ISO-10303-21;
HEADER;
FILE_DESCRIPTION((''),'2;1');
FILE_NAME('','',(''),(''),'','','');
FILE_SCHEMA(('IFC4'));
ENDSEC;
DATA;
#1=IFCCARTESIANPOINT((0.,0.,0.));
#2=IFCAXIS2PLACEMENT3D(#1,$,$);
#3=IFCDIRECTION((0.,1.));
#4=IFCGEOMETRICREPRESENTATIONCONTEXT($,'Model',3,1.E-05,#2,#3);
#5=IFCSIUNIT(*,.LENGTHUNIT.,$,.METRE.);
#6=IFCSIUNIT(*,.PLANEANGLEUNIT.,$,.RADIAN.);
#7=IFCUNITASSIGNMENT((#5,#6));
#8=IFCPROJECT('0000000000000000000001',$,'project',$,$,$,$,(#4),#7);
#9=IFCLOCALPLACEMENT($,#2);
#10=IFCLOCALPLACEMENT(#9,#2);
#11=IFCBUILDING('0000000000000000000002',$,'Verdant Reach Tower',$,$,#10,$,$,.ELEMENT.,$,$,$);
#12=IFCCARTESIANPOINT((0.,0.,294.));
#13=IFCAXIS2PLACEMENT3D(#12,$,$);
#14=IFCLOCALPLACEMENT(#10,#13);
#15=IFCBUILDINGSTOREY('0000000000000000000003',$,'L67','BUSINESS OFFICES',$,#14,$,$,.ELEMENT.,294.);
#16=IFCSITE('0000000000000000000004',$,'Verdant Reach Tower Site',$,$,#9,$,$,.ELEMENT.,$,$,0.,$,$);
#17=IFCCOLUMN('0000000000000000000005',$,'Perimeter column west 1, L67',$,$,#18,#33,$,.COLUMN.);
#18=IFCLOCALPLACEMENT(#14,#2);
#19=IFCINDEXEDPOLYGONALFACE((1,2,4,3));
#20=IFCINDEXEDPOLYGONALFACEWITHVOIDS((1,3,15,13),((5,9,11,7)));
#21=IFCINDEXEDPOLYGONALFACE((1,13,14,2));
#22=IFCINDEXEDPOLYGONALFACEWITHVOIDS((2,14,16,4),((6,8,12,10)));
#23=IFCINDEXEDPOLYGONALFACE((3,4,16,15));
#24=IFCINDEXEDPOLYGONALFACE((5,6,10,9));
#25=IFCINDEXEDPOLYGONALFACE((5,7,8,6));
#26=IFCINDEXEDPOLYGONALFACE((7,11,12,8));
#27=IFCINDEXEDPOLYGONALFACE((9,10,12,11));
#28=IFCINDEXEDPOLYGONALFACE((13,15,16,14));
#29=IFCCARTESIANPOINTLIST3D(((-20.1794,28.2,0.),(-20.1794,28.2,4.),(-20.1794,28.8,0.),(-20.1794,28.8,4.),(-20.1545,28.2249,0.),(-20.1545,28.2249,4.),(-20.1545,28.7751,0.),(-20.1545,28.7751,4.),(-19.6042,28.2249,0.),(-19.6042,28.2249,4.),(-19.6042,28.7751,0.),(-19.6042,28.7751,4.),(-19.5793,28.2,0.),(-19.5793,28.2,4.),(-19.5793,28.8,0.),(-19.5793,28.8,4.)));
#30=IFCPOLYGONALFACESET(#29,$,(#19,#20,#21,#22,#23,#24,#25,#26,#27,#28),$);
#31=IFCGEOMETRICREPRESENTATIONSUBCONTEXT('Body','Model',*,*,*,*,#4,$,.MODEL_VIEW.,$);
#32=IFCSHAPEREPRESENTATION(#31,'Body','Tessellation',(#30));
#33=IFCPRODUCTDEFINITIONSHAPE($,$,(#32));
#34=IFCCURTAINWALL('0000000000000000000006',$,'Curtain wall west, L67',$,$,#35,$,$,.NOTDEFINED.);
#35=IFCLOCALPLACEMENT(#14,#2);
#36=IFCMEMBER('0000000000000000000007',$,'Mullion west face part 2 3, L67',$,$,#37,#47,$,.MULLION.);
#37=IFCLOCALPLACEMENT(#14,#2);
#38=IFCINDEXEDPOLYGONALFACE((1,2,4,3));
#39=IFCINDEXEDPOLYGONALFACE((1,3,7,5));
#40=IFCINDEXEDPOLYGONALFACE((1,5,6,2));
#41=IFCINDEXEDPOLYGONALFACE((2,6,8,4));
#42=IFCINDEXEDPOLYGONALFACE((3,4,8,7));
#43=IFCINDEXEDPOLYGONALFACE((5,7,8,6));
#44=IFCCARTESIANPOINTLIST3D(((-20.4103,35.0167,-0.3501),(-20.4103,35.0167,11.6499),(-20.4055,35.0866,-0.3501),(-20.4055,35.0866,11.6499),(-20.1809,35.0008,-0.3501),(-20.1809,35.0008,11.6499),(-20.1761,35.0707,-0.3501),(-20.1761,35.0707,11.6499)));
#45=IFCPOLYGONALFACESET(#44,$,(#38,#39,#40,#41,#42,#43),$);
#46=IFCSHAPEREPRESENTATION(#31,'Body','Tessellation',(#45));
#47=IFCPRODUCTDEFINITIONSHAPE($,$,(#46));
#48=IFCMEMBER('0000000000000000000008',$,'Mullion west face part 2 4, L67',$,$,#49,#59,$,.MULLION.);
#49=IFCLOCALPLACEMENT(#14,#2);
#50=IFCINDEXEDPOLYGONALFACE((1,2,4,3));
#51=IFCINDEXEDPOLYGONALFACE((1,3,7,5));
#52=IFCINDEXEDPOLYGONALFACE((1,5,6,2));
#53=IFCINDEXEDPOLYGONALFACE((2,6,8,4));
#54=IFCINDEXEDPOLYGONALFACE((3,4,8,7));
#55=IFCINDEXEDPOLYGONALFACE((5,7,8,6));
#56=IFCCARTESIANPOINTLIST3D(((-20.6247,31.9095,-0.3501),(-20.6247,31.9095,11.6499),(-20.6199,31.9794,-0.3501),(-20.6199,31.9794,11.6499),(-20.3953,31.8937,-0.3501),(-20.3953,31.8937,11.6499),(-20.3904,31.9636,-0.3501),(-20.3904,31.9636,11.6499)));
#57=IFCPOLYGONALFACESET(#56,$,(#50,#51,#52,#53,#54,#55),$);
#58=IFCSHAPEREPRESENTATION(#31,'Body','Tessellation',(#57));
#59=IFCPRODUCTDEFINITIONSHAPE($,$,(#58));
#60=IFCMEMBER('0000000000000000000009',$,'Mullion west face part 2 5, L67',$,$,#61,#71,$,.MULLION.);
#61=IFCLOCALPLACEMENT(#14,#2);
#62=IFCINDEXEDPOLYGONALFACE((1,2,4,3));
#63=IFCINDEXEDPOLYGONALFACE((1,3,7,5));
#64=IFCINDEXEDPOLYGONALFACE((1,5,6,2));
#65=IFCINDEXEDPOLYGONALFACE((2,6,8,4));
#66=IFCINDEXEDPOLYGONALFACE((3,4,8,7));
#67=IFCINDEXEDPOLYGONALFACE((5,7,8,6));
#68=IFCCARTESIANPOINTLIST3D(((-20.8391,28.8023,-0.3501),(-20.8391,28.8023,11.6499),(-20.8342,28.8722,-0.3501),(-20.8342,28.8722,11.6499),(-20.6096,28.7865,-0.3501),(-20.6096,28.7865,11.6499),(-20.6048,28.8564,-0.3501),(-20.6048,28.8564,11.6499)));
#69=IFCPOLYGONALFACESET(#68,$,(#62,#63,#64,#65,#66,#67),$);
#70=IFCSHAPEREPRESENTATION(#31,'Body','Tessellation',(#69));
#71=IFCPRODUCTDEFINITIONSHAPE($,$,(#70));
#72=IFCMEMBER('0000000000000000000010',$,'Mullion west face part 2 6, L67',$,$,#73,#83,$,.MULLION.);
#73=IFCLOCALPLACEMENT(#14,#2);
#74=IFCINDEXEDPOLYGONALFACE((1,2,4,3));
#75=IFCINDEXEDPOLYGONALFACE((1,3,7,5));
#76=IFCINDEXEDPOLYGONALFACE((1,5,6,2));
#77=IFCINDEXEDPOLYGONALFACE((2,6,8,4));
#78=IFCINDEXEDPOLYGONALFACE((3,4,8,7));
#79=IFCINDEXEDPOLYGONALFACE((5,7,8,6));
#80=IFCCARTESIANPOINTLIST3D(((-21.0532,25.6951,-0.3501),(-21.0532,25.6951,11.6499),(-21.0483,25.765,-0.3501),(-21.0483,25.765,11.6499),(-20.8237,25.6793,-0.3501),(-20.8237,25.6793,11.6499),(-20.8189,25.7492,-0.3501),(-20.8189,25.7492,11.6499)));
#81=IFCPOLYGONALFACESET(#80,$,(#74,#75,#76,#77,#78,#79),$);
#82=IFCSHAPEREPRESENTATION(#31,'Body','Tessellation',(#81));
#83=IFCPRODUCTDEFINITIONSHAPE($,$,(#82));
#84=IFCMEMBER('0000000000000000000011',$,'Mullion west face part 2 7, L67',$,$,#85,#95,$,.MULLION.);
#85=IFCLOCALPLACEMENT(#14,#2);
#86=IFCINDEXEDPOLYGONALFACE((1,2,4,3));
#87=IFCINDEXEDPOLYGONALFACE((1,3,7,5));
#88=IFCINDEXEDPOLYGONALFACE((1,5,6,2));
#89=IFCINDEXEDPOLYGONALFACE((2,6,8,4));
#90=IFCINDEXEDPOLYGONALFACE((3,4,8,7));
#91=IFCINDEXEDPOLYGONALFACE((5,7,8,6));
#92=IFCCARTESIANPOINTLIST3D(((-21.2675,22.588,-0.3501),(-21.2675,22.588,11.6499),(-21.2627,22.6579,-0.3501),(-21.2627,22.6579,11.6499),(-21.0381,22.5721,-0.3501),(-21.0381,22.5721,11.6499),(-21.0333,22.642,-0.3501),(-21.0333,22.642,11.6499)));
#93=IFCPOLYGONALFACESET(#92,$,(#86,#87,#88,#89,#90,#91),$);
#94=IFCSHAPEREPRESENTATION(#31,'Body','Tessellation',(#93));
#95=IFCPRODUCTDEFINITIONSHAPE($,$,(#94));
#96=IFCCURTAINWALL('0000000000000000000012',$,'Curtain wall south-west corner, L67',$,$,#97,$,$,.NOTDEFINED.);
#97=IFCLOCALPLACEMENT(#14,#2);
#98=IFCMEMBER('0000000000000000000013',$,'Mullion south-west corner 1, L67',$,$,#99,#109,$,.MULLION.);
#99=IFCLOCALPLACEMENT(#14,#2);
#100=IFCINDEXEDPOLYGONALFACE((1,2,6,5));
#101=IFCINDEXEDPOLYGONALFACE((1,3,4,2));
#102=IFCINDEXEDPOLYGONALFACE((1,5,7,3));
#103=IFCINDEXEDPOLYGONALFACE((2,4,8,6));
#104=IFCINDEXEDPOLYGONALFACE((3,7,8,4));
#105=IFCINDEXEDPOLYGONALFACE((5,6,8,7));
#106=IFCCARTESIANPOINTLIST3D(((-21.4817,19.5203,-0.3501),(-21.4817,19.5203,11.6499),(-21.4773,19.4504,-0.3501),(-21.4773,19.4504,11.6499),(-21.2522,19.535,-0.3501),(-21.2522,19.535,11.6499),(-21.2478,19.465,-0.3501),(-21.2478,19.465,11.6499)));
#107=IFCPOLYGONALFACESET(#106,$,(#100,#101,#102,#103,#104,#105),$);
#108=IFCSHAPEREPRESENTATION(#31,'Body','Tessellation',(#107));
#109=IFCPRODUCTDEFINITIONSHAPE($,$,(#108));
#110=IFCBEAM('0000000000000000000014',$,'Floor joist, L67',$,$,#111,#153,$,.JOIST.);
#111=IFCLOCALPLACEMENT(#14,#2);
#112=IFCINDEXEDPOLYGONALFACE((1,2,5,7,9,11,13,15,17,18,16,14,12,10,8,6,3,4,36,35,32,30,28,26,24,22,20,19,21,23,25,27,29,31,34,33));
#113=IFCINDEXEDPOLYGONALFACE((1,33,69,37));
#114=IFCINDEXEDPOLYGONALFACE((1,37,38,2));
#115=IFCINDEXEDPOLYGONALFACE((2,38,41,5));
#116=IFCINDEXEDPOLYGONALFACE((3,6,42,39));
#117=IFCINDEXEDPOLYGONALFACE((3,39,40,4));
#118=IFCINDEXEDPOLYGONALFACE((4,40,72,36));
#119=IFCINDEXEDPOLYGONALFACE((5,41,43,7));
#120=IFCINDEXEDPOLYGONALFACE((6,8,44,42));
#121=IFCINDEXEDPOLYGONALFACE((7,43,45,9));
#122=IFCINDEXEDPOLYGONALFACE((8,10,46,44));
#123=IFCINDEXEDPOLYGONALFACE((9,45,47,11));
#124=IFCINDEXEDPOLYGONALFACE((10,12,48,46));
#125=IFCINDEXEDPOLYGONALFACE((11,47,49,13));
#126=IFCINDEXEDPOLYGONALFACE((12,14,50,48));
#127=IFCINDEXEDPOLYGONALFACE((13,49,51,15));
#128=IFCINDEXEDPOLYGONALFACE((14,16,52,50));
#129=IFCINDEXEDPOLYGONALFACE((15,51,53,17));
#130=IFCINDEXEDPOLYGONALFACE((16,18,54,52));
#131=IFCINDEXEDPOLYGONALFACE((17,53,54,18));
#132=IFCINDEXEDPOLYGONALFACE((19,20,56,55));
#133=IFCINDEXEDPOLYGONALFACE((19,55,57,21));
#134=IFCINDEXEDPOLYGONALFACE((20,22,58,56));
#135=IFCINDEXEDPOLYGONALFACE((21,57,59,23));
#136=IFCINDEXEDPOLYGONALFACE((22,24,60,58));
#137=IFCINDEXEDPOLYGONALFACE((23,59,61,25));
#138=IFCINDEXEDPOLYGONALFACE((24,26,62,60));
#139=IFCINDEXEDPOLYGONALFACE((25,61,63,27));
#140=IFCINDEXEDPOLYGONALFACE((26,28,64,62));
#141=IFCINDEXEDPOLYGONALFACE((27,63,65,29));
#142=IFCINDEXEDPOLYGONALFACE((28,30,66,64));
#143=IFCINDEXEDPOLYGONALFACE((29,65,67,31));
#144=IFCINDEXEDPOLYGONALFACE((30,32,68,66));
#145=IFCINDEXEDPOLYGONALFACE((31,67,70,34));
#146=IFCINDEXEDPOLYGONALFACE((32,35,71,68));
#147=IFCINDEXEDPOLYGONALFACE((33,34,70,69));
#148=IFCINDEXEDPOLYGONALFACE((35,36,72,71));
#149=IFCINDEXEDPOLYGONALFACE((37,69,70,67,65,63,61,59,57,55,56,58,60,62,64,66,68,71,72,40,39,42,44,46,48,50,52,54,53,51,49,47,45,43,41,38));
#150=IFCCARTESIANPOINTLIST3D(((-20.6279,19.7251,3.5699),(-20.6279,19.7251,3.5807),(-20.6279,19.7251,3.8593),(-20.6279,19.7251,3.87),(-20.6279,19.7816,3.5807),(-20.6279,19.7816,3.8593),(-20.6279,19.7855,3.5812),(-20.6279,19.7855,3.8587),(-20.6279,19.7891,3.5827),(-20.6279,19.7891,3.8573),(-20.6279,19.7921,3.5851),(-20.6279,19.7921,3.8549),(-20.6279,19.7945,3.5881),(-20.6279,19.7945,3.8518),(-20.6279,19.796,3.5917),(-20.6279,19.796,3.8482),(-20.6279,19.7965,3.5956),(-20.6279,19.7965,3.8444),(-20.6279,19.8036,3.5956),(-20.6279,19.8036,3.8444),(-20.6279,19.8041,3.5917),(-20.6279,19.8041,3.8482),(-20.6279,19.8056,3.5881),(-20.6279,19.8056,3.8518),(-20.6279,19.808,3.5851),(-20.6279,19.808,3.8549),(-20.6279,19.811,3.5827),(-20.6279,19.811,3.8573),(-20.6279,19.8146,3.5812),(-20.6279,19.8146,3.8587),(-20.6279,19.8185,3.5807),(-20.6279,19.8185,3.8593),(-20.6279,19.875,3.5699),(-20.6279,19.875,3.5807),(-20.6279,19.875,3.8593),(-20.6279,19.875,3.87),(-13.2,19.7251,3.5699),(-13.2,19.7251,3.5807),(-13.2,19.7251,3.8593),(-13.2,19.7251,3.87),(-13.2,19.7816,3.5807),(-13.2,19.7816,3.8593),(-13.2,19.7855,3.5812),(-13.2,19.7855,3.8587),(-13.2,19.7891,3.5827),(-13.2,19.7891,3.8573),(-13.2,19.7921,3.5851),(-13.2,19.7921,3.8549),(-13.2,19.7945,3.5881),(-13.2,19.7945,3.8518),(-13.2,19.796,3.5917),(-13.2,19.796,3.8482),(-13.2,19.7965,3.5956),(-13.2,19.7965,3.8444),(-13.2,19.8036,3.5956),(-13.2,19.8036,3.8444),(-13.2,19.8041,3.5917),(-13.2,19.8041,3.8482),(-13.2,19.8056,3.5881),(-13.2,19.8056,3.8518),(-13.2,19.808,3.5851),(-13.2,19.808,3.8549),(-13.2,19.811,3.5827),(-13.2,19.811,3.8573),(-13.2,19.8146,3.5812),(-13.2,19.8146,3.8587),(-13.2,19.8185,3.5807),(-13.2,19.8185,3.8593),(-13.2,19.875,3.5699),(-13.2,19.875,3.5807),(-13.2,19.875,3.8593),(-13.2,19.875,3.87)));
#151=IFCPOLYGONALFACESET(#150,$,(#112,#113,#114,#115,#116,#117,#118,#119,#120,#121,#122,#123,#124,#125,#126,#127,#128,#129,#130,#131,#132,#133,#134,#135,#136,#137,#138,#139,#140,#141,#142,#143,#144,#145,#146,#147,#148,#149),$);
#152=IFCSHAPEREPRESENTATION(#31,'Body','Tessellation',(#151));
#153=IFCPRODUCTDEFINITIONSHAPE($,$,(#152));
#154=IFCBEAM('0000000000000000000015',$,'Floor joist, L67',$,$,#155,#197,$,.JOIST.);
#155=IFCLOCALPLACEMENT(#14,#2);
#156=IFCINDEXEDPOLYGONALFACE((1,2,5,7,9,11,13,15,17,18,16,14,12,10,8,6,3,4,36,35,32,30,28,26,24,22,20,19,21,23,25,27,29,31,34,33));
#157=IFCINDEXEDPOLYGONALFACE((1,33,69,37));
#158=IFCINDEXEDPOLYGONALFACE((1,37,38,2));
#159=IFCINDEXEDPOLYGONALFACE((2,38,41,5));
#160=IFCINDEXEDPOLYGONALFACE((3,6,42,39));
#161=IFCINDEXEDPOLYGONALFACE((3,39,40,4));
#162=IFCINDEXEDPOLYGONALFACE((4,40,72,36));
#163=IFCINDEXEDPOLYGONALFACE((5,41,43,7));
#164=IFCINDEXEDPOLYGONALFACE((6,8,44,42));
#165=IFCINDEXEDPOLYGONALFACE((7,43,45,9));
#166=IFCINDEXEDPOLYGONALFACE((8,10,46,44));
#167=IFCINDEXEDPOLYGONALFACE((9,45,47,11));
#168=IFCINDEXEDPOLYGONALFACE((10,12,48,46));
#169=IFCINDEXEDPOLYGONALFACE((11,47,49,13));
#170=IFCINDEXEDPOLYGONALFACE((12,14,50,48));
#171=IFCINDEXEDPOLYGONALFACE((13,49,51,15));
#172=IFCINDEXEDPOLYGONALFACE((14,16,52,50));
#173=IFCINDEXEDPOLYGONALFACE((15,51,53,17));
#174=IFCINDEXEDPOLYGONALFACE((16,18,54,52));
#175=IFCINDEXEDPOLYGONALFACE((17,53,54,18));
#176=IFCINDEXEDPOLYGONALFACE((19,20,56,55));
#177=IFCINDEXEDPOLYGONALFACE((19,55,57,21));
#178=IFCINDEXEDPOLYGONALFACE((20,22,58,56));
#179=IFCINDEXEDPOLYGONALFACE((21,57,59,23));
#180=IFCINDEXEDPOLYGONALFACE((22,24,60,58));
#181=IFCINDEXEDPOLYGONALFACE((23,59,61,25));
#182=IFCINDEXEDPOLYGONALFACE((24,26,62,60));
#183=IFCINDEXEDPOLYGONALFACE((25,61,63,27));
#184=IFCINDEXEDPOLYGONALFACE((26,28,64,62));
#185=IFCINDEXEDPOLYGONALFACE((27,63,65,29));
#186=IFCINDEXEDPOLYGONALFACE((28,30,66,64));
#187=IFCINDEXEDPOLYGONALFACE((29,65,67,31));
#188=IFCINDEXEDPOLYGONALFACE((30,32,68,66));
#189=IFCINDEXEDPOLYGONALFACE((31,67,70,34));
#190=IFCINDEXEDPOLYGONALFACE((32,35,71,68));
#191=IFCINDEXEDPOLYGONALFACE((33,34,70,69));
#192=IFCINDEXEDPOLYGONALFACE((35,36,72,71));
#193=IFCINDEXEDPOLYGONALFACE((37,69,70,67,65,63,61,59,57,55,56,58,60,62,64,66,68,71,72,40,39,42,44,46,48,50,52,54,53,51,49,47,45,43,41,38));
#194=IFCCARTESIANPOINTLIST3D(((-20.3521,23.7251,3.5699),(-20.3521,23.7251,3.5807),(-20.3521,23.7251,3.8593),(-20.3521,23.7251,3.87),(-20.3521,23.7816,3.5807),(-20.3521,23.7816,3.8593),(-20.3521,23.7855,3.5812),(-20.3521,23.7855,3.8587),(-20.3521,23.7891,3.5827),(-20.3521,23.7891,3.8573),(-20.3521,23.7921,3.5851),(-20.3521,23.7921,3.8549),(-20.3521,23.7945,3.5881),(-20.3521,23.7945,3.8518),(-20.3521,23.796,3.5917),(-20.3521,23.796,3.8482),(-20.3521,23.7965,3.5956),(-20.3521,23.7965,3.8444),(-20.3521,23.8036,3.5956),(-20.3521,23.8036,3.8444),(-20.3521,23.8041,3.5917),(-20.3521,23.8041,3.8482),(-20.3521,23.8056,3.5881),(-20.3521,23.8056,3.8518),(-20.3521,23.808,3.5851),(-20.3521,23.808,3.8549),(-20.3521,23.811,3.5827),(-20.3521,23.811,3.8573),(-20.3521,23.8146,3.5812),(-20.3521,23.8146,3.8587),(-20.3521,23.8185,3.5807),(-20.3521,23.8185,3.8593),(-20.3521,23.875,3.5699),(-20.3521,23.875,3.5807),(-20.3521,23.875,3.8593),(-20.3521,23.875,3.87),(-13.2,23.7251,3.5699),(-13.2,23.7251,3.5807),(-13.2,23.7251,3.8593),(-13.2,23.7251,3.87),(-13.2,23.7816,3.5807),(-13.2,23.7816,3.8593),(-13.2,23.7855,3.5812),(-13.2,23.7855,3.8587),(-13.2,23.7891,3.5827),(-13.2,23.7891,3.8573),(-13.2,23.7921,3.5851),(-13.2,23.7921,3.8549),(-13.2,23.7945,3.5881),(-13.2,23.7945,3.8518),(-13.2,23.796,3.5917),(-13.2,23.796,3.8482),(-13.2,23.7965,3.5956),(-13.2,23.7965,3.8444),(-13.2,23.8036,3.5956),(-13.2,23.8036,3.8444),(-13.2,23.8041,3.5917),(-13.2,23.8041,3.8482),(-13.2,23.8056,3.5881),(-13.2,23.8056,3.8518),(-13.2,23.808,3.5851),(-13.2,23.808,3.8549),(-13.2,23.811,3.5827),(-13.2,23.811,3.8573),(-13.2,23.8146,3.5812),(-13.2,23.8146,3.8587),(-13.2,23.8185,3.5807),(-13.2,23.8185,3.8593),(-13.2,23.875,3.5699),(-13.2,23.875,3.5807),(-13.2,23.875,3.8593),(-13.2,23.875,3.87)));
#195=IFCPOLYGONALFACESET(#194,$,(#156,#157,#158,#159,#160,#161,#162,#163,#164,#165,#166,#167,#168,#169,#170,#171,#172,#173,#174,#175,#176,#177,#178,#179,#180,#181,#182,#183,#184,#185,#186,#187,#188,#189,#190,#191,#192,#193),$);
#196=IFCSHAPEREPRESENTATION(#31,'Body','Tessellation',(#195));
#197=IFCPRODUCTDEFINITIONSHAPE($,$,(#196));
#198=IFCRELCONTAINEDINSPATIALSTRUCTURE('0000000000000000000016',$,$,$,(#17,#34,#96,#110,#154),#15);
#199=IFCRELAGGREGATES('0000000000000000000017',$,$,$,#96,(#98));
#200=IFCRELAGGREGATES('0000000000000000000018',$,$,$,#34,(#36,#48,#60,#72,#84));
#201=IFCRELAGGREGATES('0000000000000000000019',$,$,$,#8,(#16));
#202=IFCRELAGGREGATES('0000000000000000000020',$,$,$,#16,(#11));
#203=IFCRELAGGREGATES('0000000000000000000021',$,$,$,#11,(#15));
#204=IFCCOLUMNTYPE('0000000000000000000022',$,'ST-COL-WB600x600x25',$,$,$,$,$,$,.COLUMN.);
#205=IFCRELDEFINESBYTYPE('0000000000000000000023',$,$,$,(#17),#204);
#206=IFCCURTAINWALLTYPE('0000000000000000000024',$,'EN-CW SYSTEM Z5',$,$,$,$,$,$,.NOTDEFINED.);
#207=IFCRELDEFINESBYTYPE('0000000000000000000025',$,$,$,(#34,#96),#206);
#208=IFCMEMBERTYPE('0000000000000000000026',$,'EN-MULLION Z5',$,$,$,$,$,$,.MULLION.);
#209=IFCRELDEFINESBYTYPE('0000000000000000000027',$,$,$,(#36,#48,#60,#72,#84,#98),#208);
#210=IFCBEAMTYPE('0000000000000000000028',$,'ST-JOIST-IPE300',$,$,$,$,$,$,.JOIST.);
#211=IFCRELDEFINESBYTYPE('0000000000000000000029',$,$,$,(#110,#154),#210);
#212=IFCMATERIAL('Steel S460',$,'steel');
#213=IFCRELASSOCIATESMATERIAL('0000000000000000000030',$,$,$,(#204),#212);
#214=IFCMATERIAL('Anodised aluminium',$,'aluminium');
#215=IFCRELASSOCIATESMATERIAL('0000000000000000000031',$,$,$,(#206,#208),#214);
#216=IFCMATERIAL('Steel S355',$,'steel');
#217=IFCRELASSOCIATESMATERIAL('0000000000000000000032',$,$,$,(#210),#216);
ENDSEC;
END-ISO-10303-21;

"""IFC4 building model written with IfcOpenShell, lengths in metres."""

from ifc_helpers import new_model, si_unit, direction, frame, origin, origin_2d, place, context, subcontext, project, spatial, rectangle, hollow_rectangle, i_section, extrude, material, material_profile, profile_set, type_object, element, aggregate, save


model = new_model("IFC4")

# Units and contexts
model_context = context("Model", 3, precision=1e-05, world=origin(), true_north=direction((0.0, 1.0)))
body_context = subcontext(model_context, "Body", "Model", "MODEL_VIEW")
ifc_project = project(units=[si_unit("LENGTHUNIT", "METRE"), si_unit("PLANEANGLEUNIT", "RADIAN")], contexts=[model_context])

# Site, building, storey
site_placement = place(None, origin())
site = spatial("IfcSite", under=ifc_project, at=site_placement, Name="Verdant Reach Tower Site", CompositionType="ELEMENT", RefElevation=0.0)
building_placement = place(site_placement, origin())
building = spatial("IfcBuilding", under=site, at=building_placement, Name="Verdant Reach Tower", CompositionType="ELEMENT")
storey_placement = place(building_placement, frame((0.0, 0.0, 294.0)))
storey = spatial("IfcBuildingStorey", under=building, at=storey_placement, Name="L67", Description="BUSINESS OFFICES", CompositionType="ELEMENT", Elevation=294.0)

# Column
ifc_material_1 = material(Name="Steel S460", Category="steel")
ifc_material_profile_1 = material_profile(ifc_material_1, hollow_rectangle(XDim=0.6001, YDim=0.6001, WallThickness=0.0249, at=origin_2d()), Name="WB 600x600x25")
ifc_profile_set_1 = profile_set([ifc_material_profile_1], Name="Steel S460")
column_type = type_object("IfcColumnType", Name="ST-COL-WB600x600x25", PredefinedType="COLUMN", material=ifc_profile_set_1)
column_placement = place(storey_placement, frame((-19.8794, 28.5, 0.0), z_axis=(0.0, 0.0, 1.0), x_axis=(1.0, 0.0, 0.0)))
element("IfcColumn", 1, at=column_placement, inside=storey, type_object=column_type, Name="Perimeter column west 1, L67", PredefinedType="COLUMN", context=body_context, shape_type="SweptSolid", body=[
    extrude(hollow_rectangle(XDim=0.6001, YDim=0.6001, WallThickness=0.0249, at=origin_2d()), origin(), (0.0, 0.0, 1.0), 4.0),
])

# Curtain wall, members
ifc_material_2 = material(Name="Anodised aluminium", Category="aluminium")
curtain_wall_type = type_object("IfcCurtainWallType", Name="EN-CW SYSTEM Z5", PredefinedType="NOTDEFINED", material=ifc_material_2)
curtain_wall_1_placement = place(storey_placement, origin())
curtain_wall_1 = element("IfcCurtainWall", 2, at=curtain_wall_1_placement, inside=storey, type_object=curtain_wall_type, Name="Curtain wall west, L67", PredefinedType="NOTDEFINED")
ifc_material_profile_2 = material_profile(ifc_material_2, rectangle(XDim=0.23, YDim=0.0701, at=origin_2d()), Name="Mullion 70x230")
ifc_profile_set_2 = profile_set([ifc_material_profile_2], Name="Anodised aluminium")
member_type = type_object("IfcMemberType", Name="EN-MULLION Z5", PredefinedType="MULLION", material=ifc_profile_set_2)
member_1_placement = place(storey_placement, frame((-20.2932, 35.0437, -0.3501), z_axis=(0.0, 0.0, 1.0), x_axis=(-0.99763, 0.068802, 0.0)))
member_1 = element("IfcMember", 3, at=member_1_placement, type_object=member_type, Name="Mullion west face part 2 3, L67", PredefinedType="MULLION", context=body_context, shape_type="SweptSolid", body=[
    extrude(rectangle(XDim=0.23, YDim=0.0701, at=origin_2d()), origin(), (0.0, 0.0, 1.0), 12.0),
])
member_2_placement = place(storey_placement, frame((-20.5076, 31.9365, -0.3501), z_axis=(0.0, 0.0, 1.0), x_axis=(-0.99763, 0.068802, 0.0)))
member_2 = element("IfcMember", 4, at=member_2_placement, type_object=member_type, Name="Mullion west face part 2 4, L67", PredefinedType="MULLION", context=body_context, shape_type="SweptSolid", body=[
    extrude(rectangle(XDim=0.23, YDim=0.0701, at=origin_2d()), origin(), (0.0, 0.0, 1.0), 12.0),
])
member_3_placement = place(storey_placement, frame((-20.7219, 28.8293, -0.3501), z_axis=(0.0, 0.0, 1.0), x_axis=(-0.99763, 0.068802, 0.0)))
member_3 = element("IfcMember", 5, at=member_3_placement, type_object=member_type, Name="Mullion west face part 2 5, L67", PredefinedType="MULLION", context=body_context, shape_type="SweptSolid", body=[
    extrude(rectangle(XDim=0.23, YDim=0.0701, at=origin_2d()), origin(), (0.0, 0.0, 1.0), 12.0),
])
member_4_placement = place(storey_placement, frame((-20.936, 25.7222, -0.3501), z_axis=(0.0, 0.0, 1.0), x_axis=(-0.99763, 0.068802, 0.0)))
member_4 = element("IfcMember", 6, at=member_4_placement, type_object=member_type, Name="Mullion west face part 2 6, L67", PredefinedType="MULLION", context=body_context, shape_type="SweptSolid", body=[
    extrude(rectangle(XDim=0.23, YDim=0.0701, at=origin_2d()), origin(), (0.0, 0.0, 1.0), 12.0),
])
member_5_placement = place(storey_placement, frame((-21.1504, 22.615, -0.3501), z_axis=(0.0, 0.0, 1.0), x_axis=(-0.99763, 0.068802, 0.0)))
member_5 = element("IfcMember", 7, at=member_5_placement, type_object=member_type, Name="Mullion west face part 2 7, L67", PredefinedType="MULLION", context=body_context, shape_type="SweptSolid", body=[
    extrude(rectangle(XDim=0.23, YDim=0.0701, at=origin_2d()), origin(), (0.0, 0.0, 1.0), 12.0),
])

# Curtain wall, member
curtain_wall_2_placement = place(storey_placement, origin())
curtain_wall_2 = element("IfcCurtainWall", 8, at=curtain_wall_2_placement, inside=storey, type_object=curtain_wall_type, Name="Curtain wall south-west corner, L67", PredefinedType="NOTDEFINED")
member_6_placement = place(storey_placement, frame((-21.3647, 19.4927, -0.3501), z_axis=(0.0, 0.0, 1.0), x_axis=(-0.997969, -0.063699, 0.0)))
member_6 = element("IfcMember", 9, at=member_6_placement, type_object=member_type, Name="Mullion south-west corner 1, L67", PredefinedType="MULLION", context=body_context, shape_type="SweptSolid", body=[
    extrude(rectangle(XDim=0.23, YDim=0.0701, at=origin_2d()), origin(), (0.0, 0.0, 1.0), 12.0),
])
aggregate(curtain_wall_2, [member_6])

# Beams
ifc_material_3 = material(Name="Steel S355", Category="steel")
ifc_material_profile_3 = material_profile(ifc_material_3, i_section(OverallWidth=0.1499, OverallDepth=0.3, WebThickness=0.0071, FlangeThickness=0.0107, FilletRadius=0.0149, at=origin_2d()), Name="IPE 300")
ifc_profile_set_3 = profile_set([ifc_material_profile_3], Name="Steel S355")
beam_type_1 = type_object("IfcBeamType", Name="ST-JOIST-IPE300", PredefinedType="JOIST", material=ifc_profile_set_3)
beam_1_placement = place(storey_placement, frame((-13.2, 19.8, 3.72), z_axis=(-1.0, 0.0, 0.0), x_axis=(0.0, -1.0, 0.0)))
element("IfcBeam", 10, at=beam_1_placement, inside=storey, type_object=beam_type_1, Name="Floor joist, L67", PredefinedType="JOIST", context=body_context, shape_type="SweptSolid", body=[
    extrude(i_section(OverallWidth=0.1499, OverallDepth=0.3, WebThickness=0.0071, FlangeThickness=0.0107, FilletRadius=0.0149, at=origin_2d()), origin(), (0.0, 0.0, 1.0), 7.428),
])
beam_2_placement = place(storey_placement, frame((-13.2, 23.8, 3.72), z_axis=(-1.0, 0.0, 0.0), x_axis=(0.0, -1.0, 0.0)))
element("IfcBeam", 11, at=beam_2_placement, inside=storey, type_object=beam_type_1, Name="Floor joist, L67", PredefinedType="JOIST", context=body_context, shape_type="SweptSolid", body=[
    extrude(i_section(OverallWidth=0.1499, OverallDepth=0.3, WebThickness=0.0071, FlangeThickness=0.0107, FilletRadius=0.0149, at=origin_2d()), origin(), (0.0, 0.0, 1.0), 7.1521),
])

aggregate(curtain_wall_1, [member_1, member_2, member_3, member_4, member_5])

save(model, "model.ifc")
